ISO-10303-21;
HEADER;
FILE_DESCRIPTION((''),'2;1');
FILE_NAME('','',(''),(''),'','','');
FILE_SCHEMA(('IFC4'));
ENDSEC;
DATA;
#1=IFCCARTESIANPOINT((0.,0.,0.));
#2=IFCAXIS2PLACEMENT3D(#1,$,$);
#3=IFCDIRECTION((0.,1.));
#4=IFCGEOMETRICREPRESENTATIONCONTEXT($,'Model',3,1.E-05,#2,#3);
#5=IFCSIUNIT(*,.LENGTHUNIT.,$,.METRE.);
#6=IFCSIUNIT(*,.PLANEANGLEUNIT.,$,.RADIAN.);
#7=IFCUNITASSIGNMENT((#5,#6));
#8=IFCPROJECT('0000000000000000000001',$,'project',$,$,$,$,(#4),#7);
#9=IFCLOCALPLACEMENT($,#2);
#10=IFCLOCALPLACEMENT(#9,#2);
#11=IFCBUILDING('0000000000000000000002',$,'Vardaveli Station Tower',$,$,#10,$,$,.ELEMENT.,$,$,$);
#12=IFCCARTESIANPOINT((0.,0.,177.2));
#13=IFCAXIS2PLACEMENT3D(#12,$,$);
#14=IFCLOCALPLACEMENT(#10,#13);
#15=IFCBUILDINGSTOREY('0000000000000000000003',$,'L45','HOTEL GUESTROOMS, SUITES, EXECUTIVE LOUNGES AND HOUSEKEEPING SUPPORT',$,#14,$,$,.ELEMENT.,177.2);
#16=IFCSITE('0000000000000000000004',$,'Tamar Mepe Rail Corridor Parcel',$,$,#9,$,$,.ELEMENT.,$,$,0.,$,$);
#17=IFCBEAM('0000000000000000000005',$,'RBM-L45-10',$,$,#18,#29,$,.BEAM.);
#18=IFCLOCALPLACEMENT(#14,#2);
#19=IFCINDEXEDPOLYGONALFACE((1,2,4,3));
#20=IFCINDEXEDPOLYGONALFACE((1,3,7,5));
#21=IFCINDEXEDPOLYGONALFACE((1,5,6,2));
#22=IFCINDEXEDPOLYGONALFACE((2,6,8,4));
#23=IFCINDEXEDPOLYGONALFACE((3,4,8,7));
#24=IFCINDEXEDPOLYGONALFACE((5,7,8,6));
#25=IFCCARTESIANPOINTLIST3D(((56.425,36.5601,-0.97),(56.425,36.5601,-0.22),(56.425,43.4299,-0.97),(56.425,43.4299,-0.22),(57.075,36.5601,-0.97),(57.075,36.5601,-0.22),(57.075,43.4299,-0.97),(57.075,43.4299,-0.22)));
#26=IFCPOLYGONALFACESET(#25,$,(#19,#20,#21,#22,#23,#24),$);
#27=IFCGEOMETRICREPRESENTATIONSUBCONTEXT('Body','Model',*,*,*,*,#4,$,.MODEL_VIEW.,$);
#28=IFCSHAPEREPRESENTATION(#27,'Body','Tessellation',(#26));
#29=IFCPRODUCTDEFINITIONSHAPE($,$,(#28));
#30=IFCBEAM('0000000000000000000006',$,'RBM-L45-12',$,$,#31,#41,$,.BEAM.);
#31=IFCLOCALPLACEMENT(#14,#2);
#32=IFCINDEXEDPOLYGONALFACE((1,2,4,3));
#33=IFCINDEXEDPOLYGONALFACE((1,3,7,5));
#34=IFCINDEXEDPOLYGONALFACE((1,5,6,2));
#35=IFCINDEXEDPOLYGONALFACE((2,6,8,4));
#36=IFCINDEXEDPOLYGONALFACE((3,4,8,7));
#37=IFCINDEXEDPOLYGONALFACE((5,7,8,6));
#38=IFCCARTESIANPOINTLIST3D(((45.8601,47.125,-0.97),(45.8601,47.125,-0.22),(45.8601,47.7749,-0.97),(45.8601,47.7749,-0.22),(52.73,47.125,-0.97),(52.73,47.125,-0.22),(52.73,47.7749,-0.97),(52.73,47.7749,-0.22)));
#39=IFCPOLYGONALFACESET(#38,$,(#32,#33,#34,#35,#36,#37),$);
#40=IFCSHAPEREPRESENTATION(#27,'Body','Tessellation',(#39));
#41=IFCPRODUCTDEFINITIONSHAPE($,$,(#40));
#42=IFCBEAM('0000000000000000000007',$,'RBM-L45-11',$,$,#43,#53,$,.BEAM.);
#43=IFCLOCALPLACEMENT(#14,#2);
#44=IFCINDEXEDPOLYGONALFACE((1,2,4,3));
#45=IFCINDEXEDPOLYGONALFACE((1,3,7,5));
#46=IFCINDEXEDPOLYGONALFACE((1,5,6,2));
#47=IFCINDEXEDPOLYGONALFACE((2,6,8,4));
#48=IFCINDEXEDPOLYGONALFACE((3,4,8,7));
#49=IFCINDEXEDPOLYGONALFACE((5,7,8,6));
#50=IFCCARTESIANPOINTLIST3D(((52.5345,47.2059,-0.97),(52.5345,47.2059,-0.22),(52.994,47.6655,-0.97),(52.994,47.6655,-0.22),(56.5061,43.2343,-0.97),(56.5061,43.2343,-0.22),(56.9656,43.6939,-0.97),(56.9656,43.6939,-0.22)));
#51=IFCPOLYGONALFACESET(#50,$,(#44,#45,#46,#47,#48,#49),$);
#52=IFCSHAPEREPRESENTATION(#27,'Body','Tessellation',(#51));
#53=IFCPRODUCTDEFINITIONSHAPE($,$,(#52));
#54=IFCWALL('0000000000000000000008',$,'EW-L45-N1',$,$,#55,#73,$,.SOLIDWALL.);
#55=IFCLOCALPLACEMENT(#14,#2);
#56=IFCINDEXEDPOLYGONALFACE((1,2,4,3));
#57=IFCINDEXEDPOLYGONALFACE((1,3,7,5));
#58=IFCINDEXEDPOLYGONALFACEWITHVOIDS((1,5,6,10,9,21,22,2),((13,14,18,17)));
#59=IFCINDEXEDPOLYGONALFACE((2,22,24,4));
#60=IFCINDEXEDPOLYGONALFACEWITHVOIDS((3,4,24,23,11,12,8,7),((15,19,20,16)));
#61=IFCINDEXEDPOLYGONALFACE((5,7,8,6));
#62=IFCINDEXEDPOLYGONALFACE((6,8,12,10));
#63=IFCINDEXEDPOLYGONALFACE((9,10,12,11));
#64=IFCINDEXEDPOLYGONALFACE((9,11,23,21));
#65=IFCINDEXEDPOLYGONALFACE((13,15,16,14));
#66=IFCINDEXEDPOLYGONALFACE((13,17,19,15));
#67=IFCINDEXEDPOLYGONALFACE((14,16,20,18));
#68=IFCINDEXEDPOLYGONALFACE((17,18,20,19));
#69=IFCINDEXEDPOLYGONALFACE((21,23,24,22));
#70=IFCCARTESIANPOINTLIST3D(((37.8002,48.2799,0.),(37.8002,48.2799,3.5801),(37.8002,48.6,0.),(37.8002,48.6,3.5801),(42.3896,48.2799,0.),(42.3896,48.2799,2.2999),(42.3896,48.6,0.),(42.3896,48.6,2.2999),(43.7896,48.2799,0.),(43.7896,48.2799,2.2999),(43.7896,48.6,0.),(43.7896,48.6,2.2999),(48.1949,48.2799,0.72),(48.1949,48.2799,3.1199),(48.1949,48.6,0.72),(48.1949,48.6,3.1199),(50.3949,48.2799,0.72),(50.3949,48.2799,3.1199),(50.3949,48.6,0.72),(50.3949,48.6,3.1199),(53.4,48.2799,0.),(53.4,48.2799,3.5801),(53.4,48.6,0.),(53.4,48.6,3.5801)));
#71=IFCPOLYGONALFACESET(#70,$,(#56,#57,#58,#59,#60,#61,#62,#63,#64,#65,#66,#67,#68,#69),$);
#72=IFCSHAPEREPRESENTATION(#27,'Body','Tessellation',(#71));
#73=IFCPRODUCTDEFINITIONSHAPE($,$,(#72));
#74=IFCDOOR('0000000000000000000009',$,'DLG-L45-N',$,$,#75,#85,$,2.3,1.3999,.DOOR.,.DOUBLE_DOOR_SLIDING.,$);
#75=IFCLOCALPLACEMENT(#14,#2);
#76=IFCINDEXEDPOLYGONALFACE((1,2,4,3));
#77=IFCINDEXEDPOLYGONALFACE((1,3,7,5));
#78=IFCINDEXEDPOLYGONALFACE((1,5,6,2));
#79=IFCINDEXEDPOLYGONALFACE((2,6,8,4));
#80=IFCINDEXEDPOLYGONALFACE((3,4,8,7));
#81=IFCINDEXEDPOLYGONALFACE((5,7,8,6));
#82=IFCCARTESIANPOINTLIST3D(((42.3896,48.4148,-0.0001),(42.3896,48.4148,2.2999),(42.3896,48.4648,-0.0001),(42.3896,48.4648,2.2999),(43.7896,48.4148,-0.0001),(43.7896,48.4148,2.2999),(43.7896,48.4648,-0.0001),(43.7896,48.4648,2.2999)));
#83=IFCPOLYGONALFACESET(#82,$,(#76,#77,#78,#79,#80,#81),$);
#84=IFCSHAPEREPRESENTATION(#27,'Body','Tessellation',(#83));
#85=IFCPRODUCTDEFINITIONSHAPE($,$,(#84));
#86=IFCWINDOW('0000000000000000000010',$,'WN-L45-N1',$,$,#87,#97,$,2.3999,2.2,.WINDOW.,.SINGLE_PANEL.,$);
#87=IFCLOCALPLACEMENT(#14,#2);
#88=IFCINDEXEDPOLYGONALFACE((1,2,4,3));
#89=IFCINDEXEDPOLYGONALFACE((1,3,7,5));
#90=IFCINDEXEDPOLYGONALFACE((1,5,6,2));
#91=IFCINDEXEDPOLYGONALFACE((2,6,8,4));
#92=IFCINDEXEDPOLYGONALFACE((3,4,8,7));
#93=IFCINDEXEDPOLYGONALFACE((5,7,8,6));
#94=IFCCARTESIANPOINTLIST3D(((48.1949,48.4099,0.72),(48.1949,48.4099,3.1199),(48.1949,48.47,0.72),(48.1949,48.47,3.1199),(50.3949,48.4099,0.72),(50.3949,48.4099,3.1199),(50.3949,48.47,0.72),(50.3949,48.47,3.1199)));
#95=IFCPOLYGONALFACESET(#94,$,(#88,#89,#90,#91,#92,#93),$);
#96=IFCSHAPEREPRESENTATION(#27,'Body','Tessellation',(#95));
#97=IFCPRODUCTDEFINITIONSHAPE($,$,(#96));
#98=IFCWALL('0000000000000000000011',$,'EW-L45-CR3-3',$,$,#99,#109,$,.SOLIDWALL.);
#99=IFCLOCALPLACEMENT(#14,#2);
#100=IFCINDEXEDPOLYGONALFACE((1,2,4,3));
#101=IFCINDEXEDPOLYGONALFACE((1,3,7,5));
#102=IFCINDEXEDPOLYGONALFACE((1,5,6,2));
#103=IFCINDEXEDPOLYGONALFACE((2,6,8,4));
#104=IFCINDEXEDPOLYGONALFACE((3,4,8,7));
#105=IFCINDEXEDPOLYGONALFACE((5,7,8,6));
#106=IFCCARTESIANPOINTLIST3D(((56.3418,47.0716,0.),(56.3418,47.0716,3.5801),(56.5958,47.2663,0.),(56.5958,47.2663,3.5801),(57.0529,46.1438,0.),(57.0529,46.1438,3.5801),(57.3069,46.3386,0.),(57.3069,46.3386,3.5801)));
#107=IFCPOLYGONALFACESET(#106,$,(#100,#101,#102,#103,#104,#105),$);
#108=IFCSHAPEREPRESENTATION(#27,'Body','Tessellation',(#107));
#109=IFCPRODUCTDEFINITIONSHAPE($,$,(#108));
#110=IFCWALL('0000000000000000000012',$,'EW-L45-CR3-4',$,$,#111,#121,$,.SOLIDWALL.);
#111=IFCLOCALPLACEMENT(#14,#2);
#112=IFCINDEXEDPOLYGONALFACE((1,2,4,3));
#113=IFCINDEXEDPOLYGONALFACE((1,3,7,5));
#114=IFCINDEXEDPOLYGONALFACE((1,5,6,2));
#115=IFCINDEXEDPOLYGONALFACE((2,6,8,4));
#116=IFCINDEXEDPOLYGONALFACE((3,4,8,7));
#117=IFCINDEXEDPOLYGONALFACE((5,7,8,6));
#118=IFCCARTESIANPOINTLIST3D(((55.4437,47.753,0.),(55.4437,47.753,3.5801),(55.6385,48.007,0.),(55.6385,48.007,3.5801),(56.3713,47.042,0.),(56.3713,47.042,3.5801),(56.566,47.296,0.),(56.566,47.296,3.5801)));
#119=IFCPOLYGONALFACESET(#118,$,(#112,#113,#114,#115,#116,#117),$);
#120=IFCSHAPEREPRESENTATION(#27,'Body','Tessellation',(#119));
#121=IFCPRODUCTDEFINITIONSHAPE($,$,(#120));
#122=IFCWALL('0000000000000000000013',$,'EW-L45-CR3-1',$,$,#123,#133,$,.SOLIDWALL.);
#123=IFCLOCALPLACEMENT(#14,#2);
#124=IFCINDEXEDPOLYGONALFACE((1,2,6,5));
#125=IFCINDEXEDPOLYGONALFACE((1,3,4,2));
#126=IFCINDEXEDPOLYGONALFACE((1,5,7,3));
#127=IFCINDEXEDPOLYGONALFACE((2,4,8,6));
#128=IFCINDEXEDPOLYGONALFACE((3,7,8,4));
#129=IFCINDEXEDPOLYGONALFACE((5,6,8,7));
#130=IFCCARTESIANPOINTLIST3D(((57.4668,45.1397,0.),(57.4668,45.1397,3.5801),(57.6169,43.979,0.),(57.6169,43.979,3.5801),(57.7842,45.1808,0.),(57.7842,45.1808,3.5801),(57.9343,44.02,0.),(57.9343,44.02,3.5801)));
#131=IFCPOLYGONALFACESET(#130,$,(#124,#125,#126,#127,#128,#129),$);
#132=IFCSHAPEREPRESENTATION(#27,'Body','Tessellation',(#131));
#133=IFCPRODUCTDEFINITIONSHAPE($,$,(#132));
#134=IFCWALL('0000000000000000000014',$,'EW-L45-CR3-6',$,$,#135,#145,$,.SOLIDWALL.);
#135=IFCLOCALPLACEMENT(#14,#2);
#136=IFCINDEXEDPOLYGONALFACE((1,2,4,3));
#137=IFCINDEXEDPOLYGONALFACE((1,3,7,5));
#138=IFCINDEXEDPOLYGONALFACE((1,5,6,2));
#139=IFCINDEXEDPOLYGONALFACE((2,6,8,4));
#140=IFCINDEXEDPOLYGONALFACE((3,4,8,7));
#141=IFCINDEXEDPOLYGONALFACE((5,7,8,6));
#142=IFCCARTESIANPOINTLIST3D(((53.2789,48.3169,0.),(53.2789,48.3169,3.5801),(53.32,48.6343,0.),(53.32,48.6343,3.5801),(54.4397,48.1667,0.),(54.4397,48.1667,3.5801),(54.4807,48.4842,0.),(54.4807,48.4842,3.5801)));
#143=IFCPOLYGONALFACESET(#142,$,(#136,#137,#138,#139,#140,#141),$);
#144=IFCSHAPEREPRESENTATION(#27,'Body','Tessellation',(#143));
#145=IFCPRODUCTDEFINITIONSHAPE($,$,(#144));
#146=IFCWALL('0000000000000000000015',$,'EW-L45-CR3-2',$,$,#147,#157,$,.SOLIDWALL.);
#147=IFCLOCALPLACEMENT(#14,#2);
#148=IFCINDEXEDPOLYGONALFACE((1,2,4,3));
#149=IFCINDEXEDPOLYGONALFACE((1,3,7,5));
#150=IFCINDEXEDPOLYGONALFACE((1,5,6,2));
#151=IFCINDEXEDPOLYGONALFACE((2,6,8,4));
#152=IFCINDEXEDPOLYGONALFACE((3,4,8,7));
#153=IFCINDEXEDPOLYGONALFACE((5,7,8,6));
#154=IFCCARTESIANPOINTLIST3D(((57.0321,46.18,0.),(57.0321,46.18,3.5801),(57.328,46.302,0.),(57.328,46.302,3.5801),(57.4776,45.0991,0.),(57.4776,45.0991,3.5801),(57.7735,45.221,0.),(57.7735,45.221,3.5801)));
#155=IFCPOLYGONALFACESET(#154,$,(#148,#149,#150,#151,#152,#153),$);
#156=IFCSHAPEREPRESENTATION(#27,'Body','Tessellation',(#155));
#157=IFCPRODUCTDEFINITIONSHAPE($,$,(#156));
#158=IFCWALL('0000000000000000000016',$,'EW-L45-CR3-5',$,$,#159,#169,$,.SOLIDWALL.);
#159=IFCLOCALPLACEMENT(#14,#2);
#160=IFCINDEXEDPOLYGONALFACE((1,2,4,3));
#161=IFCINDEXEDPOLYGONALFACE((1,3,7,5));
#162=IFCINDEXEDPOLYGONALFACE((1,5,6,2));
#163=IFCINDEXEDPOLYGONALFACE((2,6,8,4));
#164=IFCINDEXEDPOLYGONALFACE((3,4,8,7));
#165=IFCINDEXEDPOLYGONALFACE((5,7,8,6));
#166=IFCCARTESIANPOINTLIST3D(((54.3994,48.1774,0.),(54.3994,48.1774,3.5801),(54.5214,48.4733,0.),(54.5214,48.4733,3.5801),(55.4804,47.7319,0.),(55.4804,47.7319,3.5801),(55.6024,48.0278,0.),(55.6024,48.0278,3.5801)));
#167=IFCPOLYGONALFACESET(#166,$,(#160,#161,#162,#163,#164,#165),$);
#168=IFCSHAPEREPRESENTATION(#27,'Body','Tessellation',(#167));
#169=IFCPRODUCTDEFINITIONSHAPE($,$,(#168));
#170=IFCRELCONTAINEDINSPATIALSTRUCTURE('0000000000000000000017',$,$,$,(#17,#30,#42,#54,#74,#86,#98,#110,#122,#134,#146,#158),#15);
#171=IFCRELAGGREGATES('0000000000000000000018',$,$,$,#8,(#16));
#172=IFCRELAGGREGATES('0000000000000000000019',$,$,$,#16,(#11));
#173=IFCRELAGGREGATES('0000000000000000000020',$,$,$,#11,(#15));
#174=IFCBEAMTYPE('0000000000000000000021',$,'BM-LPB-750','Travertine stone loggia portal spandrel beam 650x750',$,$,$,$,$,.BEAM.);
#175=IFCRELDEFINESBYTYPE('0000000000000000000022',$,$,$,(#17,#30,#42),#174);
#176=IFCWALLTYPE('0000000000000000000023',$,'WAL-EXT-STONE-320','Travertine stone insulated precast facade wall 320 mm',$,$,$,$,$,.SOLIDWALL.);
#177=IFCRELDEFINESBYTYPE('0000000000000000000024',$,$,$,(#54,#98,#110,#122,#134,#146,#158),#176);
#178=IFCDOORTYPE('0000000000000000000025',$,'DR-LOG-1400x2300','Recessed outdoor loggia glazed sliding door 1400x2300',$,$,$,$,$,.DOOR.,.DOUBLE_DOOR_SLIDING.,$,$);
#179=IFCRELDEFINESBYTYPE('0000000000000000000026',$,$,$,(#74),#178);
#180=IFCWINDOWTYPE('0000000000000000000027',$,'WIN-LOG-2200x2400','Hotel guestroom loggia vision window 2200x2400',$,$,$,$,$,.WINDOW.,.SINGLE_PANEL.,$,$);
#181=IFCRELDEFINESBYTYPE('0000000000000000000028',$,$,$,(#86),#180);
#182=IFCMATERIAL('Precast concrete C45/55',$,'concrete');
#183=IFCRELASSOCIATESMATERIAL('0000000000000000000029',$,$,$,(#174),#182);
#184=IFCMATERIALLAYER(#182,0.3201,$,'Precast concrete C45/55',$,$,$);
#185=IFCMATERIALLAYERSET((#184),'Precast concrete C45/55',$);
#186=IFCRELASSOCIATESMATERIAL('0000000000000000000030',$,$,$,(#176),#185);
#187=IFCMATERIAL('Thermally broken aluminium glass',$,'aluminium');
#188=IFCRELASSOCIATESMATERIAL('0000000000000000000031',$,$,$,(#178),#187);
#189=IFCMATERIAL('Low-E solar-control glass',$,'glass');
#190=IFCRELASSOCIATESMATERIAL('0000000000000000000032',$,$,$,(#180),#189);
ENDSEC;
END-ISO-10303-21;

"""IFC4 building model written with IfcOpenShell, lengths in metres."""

from ifc_helpers import new_model, si_unit, direction, frame, frame_2d, origin, origin_2d, place, context, subcontext, project, spatial, rectangle, extrude, source, transform, mapped, material, layer, layer_set, material_profile, profile_set, type_object, element, fill, save


model = new_model("IFC4")

# Units and contexts
model_context = context("Model", 3, precision=1e-05, world=origin(), true_north=direction((0.0, 1.0)))
body_context = subcontext(model_context, "Body", "Model", "MODEL_VIEW")
ifc_project = project(units=[si_unit("LENGTHUNIT", "METRE"), si_unit("PLANEANGLEUNIT", "RADIAN")], contexts=[model_context])

# Site, building, storey
site_placement = place(None, origin())
site = spatial("IfcSite", under=ifc_project, at=site_placement, Name="Tamar Mepe Rail Corridor Parcel", CompositionType="ELEMENT", RefElevation=0.0)
building_placement = place(site_placement, origin())
building = spatial("IfcBuilding", under=site, at=building_placement, Name="Vardaveli Station Tower", CompositionType="ELEMENT")
storey_placement = place(building_placement, frame((0.0, 0.0, 177.2)))
storey = spatial("IfcBuildingStorey", under=building, at=storey_placement, Name="L45", Description="HOTEL GUESTROOMS, SUITES, EXECUTIVE LOUNGES AND HOUSEKEEPING SUPPORT", CompositionType="ELEMENT", Elevation=177.2)

# Beams
ifc_material_1 = material(Name="Precast concrete C45/55", Category="concrete")
ifc_material_profile_1 = material_profile(ifc_material_1, rectangle(XDim=0.6499, YDim=0.75, at=origin_2d()), Name="LPB 650x750")
ifc_profile_set_1 = profile_set([ifc_material_profile_1], Name="Precast concrete C45/55")
beam_type = type_object("IfcBeamType", Name="BM-LPB-750", Description="Travertine stone loggia portal spandrel beam 650x750", PredefinedType="BEAM", material=ifc_profile_set_1)
shared_shape_1 = source(origin(), body_context, "Body", "SweptSolid", [
    extrude(rectangle(XDim=0.6499, YDim=0.75, at=origin_2d()), origin(), (0.0, 0.0, 1.0), 6.8699),
])
for number, where, z_axis, x_axis, name in (
    (1, (56.75, 36.5601, -0.595), (0.0, 1.0, 0.0), (-1.0, 0.0, 0.0), "RBM-L45-10"),
    (2, (52.73, 47.45, -0.595), (-1.0, 0.0, 0.0), (0.0, -1.0, 0.0), "RBM-L45-12"),
):
    element("IfcBeam", number, at=place(storey_placement, frame(where, z_axis=z_axis, x_axis=x_axis)), inside=storey, type_object=beam_type, Name=name, PredefinedType="BEAM", context=body_context, shape_type="MappedRepresentation", body=[
        mapped(shared_shape_1, transform((0.0, 0.0, 0.0), scale=1.0)),
    ])
shared_shape_2 = source(origin(), body_context, "Body", "SweptSolid", [
    extrude(rectangle(XDim=0.6499, YDim=0.75, at=origin_2d()), origin(), (0.0, 0.0, 1.0), 5.6167),
])
beam_1_placement = place(storey_placement, frame((56.7358, 43.4641, -0.595), z_axis=(-0.707107, 0.707107, 0.0), x_axis=(-0.707107, -0.707107, 0.0)))
element("IfcBeam", 3, at=beam_1_placement, inside=storey, type_object=beam_type, Name="RBM-L45-11", PredefinedType="BEAM", context=body_context, shape_type="MappedRepresentation", body=[
    mapped(shared_shape_2, transform((0.0, 0.0, 0.0), scale=1.0)),
])

# Wall, openings, door, window
ifc_layer_1 = layer(ifc_material_1, 0.3201, Name="Precast concrete C45/55")
ifc_layer_set_1 = layer_set([ifc_layer_1], Name="Precast concrete C45/55")
wall_type_1 = type_object("IfcWallType", Name="WAL-EXT-STONE-320", Description="Travertine stone insulated precast facade wall 320 mm", PredefinedType="SOLIDWALL", material=ifc_layer_set_1)
shared_shape_3 = source(origin(), body_context, "Body", "SweptSolid", [
    extrude(rectangle(XDim=15.5999, YDim=0.3201, at=frame_2d((7.7998, 0.0))), origin(), (0.0, 0.0, 1.0), 3.5801),
])
wall_1_placement = place(storey_placement, frame((53.3999, 48.4399, 0.0), z_axis=(0.0, 0.0, 1.0), x_axis=(-1.0, 0.0, 0.0)))
wall_1 = element("IfcWall", 4, at=wall_1_placement, inside=storey, type_object=wall_type_1, Name="EW-L45-N1", PredefinedType="SOLIDWALL", context=body_context, shape_type="MappedRepresentation", body=[
    mapped(shared_shape_3, transform((0.0, 0.0, 0.0), scale=1.0)),
])
shared_shape_4 = source(origin(), body_context, "Body", "SweptSolid", [
    extrude(rectangle(XDim=1.3999, YDim=2.3, at=frame_2d((0.7, 1.1499))), frame((0.0, 0.1699, 0.0), z_axis=(0.0, -1.0, 0.0), x_axis=(1.0, 0.0, 0.0)), (0.0, 0.0, 1.0), 0.3401),
])
opening_1_placement = place(wall_1_placement, frame((9.6104, 0.0, 0.0)))
opening_1 = element("IfcOpeningElement", 5, at=opening_1_placement, cuts=wall_1, PredefinedType="OPENING", context=body_context, shape_type="MappedRepresentation", body=[
    mapped(shared_shape_4, transform((0.0, 0.0, 0.0), scale=1.0)),
])
shared_shape_5 = source(origin(), body_context, "Body", "SweptSolid", [
    extrude(rectangle(XDim=2.2, YDim=2.3999, at=frame_2d((1.1001, 1.2))), frame((0.0, 0.1699, 0.0), z_axis=(0.0, -1.0, 0.0), x_axis=(1.0, 0.0, 0.0)), (0.0, 0.0, 1.0), 0.3401),
])
opening_2_placement = place(wall_1_placement, frame((3.0049, 0.0, 0.72)))
opening_2 = element("IfcOpeningElement", 6, at=opening_2_placement, cuts=wall_1, PredefinedType="OPENING", context=body_context, shape_type="MappedRepresentation", body=[
    mapped(shared_shape_5, transform((0.0, 0.0, 0.0), scale=1.0)),
])
ifc_material_2 = material(Name="Thermally broken aluminium glass", Category="aluminium")
door_type = type_object("IfcDoorType", Name="DR-LOG-1400x2300", Description="Recessed outdoor loggia glazed sliding door 1400x2300", OperationType="DOUBLE_DOOR_SLIDING", PredefinedType="DOOR", material=ifc_material_2)
shared_shape_6 = source(origin(), body_context, "Body", "SweptSolid", [
    extrude(rectangle(XDim=1.3999, YDim=2.3, at=frame_2d((0.7, 1.1499))), frame((0.0, 0.0249, 0.0), z_axis=(0.0, -1.0, 0.0), x_axis=(1.0, 0.0, 0.0)), (0.0, 0.0, 1.0), 0.05),
])
door_placement = place(opening_1_placement, frame((1.3999, 0.0, 0.0), z_axis=(0.0, 0.0, 1.0), x_axis=(-1.0, 0.0, 0.0)))
door = element("IfcDoor", 7, at=door_placement, inside=storey, type_object=door_type, Name="DLG-L45-N", OperationType="DOUBLE_DOOR_SLIDING", OverallHeight=2.3, OverallWidth=1.3999, PredefinedType="DOOR", context=body_context, shape_type="MappedRepresentation", body=[
    mapped(shared_shape_6, transform((0.0, 0.0, 0.0), scale=1.0)),
])
fill(opening_1, door)
ifc_material_3 = material(Name="Low-E solar-control glass", Category="glass")
window_type = type_object("IfcWindowType", Name="WIN-LOG-2200x2400", Description="Hotel guestroom loggia vision window 2200x2400", PartitioningType="SINGLE_PANEL", PredefinedType="WINDOW", material=ifc_material_3)
shared_shape_7 = source(origin(), body_context, "Body", "SweptSolid", [
    extrude(rectangle(XDim=2.2, YDim=2.3999, at=frame_2d((1.1001, 1.2))), frame((0.0, 0.03, 0.0), z_axis=(0.0, -1.0, 0.0), x_axis=(1.0, 0.0, 0.0)), (0.0, 0.0, 1.0), 0.0601),
])
window_placement = place(opening_2_placement, origin())
window = element("IfcWindow", 8, at=window_placement, inside=storey, type_object=window_type, Name="WN-L45-N1", OverallHeight=2.3999, OverallWidth=2.2, PartitioningType="SINGLE_PANEL", PredefinedType="WINDOW", context=body_context, shape_type="MappedRepresentation", body=[
    mapped(shared_shape_7, transform((0.0, 0.0, 0.0), scale=1.0)),
])
fill(opening_2, window)

# Walls
shared_shape_8 = source(origin(), body_context, "Body", "SweptSolid", [
    extrude(rectangle(XDim=1.1689, YDim=0.3201, at=frame_2d((0.5845, 0.0))), origin(), (0.0, 0.0, 1.0), 3.5801),
])
wall_2_placement = place(storey_placement, frame((57.1799, 46.2412, 0.0), z_axis=(0.0, 0.0, 1.0), x_axis=(-0.608388, 0.79364, 0.0)))
element("IfcWall", 9, at=wall_2_placement, inside=storey, type_object=wall_type_1, Name="EW-L45-CR3-3", PredefinedType="SOLIDWALL", context=body_context, shape_type="MappedRepresentation", body=[
    mapped(shared_shape_8, transform((0.0, 0.0, 0.0), scale=1.0)),
])
shared_shape_9 = source(origin(), body_context, "Body", "SweptSolid", [
    extrude(rectangle(XDim=1.1687, YDim=0.3201, at=frame_2d((0.5845, 0.0))), origin(), (0.0, 0.0, 1.0), 3.5801),
])
wall_3_placement = place(storey_placement, frame((56.4688, 47.1689, 0.0), z_axis=(0.0, 0.0, 1.0), x_axis=(-0.793664, 0.608357, 0.0)))
element("IfcWall", 10, at=wall_3_placement, inside=storey, type_object=wall_type_1, Name="EW-L45-CR3-4", PredefinedType="SOLIDWALL", context=body_context, shape_type="MappedRepresentation", body=[
    mapped(shared_shape_9, transform((0.0, 0.0, 0.0), scale=1.0)),
])
shared_shape_10 = source(origin(), body_context, "Body", "SweptSolid", [
    extrude(rectangle(XDim=1.1704, YDim=0.3201, at=frame_2d((0.5852, 0.0))), origin(), (0.0, 0.0, 1.0), 3.5801),
])
for number, where, z_axis, x_axis, name in (
    (11, (57.7756, 43.9995, 0.0), (0.0, 0.0, 1.0), (-0.128296, 0.991736, 0.0), "EW-L45-CR3-1"),
    (12, (54.4602, 48.3254, 0.0), (0.0, 0.0, 1.0), (-0.991736, 0.128296, 0.0), "EW-L45-CR3-6"),
):
    element("IfcWall", number, at=place(storey_placement, frame(where, z_axis=z_axis, x_axis=x_axis)), inside=storey, type_object=wall_type_1, Name=name, PredefinedType="SOLIDWALL", context=body_context, shape_type="MappedRepresentation", body=[
        mapped(shared_shape_10, transform((0.0, 0.0, 0.0), scale=1.0)),
    ])
shared_shape_11 = source(origin(), body_context, "Body", "SweptSolid", [
    extrude(rectangle(XDim=1.1692, YDim=0.3201, at=frame_2d((0.5845, 0.0))), origin(), (0.0, 0.0, 1.0), 3.5801),
])
for number, where, z_axis, x_axis, name in (
    (13, (57.6255, 45.1602, 0.0), (0.0, 0.0, 1.0), (-0.381054, 0.924553, 0.0), "EW-L45-CR3-2"),
    (14, (55.5413, 47.8799, 0.0), (0.0, 0.0, 1.0), (-0.924553, 0.381054, 0.0), "EW-L45-CR3-5"),
):
    element("IfcWall", number, at=place(storey_placement, frame(where, z_axis=z_axis, x_axis=x_axis)), inside=storey, type_object=wall_type_1, Name=name, PredefinedType="SOLIDWALL", context=body_context, shape_type="MappedRepresentation", body=[
        mapped(shared_shape_11, transform((0.0, 0.0, 0.0), scale=1.0)),
    ])

save(model, "model.ifc")
